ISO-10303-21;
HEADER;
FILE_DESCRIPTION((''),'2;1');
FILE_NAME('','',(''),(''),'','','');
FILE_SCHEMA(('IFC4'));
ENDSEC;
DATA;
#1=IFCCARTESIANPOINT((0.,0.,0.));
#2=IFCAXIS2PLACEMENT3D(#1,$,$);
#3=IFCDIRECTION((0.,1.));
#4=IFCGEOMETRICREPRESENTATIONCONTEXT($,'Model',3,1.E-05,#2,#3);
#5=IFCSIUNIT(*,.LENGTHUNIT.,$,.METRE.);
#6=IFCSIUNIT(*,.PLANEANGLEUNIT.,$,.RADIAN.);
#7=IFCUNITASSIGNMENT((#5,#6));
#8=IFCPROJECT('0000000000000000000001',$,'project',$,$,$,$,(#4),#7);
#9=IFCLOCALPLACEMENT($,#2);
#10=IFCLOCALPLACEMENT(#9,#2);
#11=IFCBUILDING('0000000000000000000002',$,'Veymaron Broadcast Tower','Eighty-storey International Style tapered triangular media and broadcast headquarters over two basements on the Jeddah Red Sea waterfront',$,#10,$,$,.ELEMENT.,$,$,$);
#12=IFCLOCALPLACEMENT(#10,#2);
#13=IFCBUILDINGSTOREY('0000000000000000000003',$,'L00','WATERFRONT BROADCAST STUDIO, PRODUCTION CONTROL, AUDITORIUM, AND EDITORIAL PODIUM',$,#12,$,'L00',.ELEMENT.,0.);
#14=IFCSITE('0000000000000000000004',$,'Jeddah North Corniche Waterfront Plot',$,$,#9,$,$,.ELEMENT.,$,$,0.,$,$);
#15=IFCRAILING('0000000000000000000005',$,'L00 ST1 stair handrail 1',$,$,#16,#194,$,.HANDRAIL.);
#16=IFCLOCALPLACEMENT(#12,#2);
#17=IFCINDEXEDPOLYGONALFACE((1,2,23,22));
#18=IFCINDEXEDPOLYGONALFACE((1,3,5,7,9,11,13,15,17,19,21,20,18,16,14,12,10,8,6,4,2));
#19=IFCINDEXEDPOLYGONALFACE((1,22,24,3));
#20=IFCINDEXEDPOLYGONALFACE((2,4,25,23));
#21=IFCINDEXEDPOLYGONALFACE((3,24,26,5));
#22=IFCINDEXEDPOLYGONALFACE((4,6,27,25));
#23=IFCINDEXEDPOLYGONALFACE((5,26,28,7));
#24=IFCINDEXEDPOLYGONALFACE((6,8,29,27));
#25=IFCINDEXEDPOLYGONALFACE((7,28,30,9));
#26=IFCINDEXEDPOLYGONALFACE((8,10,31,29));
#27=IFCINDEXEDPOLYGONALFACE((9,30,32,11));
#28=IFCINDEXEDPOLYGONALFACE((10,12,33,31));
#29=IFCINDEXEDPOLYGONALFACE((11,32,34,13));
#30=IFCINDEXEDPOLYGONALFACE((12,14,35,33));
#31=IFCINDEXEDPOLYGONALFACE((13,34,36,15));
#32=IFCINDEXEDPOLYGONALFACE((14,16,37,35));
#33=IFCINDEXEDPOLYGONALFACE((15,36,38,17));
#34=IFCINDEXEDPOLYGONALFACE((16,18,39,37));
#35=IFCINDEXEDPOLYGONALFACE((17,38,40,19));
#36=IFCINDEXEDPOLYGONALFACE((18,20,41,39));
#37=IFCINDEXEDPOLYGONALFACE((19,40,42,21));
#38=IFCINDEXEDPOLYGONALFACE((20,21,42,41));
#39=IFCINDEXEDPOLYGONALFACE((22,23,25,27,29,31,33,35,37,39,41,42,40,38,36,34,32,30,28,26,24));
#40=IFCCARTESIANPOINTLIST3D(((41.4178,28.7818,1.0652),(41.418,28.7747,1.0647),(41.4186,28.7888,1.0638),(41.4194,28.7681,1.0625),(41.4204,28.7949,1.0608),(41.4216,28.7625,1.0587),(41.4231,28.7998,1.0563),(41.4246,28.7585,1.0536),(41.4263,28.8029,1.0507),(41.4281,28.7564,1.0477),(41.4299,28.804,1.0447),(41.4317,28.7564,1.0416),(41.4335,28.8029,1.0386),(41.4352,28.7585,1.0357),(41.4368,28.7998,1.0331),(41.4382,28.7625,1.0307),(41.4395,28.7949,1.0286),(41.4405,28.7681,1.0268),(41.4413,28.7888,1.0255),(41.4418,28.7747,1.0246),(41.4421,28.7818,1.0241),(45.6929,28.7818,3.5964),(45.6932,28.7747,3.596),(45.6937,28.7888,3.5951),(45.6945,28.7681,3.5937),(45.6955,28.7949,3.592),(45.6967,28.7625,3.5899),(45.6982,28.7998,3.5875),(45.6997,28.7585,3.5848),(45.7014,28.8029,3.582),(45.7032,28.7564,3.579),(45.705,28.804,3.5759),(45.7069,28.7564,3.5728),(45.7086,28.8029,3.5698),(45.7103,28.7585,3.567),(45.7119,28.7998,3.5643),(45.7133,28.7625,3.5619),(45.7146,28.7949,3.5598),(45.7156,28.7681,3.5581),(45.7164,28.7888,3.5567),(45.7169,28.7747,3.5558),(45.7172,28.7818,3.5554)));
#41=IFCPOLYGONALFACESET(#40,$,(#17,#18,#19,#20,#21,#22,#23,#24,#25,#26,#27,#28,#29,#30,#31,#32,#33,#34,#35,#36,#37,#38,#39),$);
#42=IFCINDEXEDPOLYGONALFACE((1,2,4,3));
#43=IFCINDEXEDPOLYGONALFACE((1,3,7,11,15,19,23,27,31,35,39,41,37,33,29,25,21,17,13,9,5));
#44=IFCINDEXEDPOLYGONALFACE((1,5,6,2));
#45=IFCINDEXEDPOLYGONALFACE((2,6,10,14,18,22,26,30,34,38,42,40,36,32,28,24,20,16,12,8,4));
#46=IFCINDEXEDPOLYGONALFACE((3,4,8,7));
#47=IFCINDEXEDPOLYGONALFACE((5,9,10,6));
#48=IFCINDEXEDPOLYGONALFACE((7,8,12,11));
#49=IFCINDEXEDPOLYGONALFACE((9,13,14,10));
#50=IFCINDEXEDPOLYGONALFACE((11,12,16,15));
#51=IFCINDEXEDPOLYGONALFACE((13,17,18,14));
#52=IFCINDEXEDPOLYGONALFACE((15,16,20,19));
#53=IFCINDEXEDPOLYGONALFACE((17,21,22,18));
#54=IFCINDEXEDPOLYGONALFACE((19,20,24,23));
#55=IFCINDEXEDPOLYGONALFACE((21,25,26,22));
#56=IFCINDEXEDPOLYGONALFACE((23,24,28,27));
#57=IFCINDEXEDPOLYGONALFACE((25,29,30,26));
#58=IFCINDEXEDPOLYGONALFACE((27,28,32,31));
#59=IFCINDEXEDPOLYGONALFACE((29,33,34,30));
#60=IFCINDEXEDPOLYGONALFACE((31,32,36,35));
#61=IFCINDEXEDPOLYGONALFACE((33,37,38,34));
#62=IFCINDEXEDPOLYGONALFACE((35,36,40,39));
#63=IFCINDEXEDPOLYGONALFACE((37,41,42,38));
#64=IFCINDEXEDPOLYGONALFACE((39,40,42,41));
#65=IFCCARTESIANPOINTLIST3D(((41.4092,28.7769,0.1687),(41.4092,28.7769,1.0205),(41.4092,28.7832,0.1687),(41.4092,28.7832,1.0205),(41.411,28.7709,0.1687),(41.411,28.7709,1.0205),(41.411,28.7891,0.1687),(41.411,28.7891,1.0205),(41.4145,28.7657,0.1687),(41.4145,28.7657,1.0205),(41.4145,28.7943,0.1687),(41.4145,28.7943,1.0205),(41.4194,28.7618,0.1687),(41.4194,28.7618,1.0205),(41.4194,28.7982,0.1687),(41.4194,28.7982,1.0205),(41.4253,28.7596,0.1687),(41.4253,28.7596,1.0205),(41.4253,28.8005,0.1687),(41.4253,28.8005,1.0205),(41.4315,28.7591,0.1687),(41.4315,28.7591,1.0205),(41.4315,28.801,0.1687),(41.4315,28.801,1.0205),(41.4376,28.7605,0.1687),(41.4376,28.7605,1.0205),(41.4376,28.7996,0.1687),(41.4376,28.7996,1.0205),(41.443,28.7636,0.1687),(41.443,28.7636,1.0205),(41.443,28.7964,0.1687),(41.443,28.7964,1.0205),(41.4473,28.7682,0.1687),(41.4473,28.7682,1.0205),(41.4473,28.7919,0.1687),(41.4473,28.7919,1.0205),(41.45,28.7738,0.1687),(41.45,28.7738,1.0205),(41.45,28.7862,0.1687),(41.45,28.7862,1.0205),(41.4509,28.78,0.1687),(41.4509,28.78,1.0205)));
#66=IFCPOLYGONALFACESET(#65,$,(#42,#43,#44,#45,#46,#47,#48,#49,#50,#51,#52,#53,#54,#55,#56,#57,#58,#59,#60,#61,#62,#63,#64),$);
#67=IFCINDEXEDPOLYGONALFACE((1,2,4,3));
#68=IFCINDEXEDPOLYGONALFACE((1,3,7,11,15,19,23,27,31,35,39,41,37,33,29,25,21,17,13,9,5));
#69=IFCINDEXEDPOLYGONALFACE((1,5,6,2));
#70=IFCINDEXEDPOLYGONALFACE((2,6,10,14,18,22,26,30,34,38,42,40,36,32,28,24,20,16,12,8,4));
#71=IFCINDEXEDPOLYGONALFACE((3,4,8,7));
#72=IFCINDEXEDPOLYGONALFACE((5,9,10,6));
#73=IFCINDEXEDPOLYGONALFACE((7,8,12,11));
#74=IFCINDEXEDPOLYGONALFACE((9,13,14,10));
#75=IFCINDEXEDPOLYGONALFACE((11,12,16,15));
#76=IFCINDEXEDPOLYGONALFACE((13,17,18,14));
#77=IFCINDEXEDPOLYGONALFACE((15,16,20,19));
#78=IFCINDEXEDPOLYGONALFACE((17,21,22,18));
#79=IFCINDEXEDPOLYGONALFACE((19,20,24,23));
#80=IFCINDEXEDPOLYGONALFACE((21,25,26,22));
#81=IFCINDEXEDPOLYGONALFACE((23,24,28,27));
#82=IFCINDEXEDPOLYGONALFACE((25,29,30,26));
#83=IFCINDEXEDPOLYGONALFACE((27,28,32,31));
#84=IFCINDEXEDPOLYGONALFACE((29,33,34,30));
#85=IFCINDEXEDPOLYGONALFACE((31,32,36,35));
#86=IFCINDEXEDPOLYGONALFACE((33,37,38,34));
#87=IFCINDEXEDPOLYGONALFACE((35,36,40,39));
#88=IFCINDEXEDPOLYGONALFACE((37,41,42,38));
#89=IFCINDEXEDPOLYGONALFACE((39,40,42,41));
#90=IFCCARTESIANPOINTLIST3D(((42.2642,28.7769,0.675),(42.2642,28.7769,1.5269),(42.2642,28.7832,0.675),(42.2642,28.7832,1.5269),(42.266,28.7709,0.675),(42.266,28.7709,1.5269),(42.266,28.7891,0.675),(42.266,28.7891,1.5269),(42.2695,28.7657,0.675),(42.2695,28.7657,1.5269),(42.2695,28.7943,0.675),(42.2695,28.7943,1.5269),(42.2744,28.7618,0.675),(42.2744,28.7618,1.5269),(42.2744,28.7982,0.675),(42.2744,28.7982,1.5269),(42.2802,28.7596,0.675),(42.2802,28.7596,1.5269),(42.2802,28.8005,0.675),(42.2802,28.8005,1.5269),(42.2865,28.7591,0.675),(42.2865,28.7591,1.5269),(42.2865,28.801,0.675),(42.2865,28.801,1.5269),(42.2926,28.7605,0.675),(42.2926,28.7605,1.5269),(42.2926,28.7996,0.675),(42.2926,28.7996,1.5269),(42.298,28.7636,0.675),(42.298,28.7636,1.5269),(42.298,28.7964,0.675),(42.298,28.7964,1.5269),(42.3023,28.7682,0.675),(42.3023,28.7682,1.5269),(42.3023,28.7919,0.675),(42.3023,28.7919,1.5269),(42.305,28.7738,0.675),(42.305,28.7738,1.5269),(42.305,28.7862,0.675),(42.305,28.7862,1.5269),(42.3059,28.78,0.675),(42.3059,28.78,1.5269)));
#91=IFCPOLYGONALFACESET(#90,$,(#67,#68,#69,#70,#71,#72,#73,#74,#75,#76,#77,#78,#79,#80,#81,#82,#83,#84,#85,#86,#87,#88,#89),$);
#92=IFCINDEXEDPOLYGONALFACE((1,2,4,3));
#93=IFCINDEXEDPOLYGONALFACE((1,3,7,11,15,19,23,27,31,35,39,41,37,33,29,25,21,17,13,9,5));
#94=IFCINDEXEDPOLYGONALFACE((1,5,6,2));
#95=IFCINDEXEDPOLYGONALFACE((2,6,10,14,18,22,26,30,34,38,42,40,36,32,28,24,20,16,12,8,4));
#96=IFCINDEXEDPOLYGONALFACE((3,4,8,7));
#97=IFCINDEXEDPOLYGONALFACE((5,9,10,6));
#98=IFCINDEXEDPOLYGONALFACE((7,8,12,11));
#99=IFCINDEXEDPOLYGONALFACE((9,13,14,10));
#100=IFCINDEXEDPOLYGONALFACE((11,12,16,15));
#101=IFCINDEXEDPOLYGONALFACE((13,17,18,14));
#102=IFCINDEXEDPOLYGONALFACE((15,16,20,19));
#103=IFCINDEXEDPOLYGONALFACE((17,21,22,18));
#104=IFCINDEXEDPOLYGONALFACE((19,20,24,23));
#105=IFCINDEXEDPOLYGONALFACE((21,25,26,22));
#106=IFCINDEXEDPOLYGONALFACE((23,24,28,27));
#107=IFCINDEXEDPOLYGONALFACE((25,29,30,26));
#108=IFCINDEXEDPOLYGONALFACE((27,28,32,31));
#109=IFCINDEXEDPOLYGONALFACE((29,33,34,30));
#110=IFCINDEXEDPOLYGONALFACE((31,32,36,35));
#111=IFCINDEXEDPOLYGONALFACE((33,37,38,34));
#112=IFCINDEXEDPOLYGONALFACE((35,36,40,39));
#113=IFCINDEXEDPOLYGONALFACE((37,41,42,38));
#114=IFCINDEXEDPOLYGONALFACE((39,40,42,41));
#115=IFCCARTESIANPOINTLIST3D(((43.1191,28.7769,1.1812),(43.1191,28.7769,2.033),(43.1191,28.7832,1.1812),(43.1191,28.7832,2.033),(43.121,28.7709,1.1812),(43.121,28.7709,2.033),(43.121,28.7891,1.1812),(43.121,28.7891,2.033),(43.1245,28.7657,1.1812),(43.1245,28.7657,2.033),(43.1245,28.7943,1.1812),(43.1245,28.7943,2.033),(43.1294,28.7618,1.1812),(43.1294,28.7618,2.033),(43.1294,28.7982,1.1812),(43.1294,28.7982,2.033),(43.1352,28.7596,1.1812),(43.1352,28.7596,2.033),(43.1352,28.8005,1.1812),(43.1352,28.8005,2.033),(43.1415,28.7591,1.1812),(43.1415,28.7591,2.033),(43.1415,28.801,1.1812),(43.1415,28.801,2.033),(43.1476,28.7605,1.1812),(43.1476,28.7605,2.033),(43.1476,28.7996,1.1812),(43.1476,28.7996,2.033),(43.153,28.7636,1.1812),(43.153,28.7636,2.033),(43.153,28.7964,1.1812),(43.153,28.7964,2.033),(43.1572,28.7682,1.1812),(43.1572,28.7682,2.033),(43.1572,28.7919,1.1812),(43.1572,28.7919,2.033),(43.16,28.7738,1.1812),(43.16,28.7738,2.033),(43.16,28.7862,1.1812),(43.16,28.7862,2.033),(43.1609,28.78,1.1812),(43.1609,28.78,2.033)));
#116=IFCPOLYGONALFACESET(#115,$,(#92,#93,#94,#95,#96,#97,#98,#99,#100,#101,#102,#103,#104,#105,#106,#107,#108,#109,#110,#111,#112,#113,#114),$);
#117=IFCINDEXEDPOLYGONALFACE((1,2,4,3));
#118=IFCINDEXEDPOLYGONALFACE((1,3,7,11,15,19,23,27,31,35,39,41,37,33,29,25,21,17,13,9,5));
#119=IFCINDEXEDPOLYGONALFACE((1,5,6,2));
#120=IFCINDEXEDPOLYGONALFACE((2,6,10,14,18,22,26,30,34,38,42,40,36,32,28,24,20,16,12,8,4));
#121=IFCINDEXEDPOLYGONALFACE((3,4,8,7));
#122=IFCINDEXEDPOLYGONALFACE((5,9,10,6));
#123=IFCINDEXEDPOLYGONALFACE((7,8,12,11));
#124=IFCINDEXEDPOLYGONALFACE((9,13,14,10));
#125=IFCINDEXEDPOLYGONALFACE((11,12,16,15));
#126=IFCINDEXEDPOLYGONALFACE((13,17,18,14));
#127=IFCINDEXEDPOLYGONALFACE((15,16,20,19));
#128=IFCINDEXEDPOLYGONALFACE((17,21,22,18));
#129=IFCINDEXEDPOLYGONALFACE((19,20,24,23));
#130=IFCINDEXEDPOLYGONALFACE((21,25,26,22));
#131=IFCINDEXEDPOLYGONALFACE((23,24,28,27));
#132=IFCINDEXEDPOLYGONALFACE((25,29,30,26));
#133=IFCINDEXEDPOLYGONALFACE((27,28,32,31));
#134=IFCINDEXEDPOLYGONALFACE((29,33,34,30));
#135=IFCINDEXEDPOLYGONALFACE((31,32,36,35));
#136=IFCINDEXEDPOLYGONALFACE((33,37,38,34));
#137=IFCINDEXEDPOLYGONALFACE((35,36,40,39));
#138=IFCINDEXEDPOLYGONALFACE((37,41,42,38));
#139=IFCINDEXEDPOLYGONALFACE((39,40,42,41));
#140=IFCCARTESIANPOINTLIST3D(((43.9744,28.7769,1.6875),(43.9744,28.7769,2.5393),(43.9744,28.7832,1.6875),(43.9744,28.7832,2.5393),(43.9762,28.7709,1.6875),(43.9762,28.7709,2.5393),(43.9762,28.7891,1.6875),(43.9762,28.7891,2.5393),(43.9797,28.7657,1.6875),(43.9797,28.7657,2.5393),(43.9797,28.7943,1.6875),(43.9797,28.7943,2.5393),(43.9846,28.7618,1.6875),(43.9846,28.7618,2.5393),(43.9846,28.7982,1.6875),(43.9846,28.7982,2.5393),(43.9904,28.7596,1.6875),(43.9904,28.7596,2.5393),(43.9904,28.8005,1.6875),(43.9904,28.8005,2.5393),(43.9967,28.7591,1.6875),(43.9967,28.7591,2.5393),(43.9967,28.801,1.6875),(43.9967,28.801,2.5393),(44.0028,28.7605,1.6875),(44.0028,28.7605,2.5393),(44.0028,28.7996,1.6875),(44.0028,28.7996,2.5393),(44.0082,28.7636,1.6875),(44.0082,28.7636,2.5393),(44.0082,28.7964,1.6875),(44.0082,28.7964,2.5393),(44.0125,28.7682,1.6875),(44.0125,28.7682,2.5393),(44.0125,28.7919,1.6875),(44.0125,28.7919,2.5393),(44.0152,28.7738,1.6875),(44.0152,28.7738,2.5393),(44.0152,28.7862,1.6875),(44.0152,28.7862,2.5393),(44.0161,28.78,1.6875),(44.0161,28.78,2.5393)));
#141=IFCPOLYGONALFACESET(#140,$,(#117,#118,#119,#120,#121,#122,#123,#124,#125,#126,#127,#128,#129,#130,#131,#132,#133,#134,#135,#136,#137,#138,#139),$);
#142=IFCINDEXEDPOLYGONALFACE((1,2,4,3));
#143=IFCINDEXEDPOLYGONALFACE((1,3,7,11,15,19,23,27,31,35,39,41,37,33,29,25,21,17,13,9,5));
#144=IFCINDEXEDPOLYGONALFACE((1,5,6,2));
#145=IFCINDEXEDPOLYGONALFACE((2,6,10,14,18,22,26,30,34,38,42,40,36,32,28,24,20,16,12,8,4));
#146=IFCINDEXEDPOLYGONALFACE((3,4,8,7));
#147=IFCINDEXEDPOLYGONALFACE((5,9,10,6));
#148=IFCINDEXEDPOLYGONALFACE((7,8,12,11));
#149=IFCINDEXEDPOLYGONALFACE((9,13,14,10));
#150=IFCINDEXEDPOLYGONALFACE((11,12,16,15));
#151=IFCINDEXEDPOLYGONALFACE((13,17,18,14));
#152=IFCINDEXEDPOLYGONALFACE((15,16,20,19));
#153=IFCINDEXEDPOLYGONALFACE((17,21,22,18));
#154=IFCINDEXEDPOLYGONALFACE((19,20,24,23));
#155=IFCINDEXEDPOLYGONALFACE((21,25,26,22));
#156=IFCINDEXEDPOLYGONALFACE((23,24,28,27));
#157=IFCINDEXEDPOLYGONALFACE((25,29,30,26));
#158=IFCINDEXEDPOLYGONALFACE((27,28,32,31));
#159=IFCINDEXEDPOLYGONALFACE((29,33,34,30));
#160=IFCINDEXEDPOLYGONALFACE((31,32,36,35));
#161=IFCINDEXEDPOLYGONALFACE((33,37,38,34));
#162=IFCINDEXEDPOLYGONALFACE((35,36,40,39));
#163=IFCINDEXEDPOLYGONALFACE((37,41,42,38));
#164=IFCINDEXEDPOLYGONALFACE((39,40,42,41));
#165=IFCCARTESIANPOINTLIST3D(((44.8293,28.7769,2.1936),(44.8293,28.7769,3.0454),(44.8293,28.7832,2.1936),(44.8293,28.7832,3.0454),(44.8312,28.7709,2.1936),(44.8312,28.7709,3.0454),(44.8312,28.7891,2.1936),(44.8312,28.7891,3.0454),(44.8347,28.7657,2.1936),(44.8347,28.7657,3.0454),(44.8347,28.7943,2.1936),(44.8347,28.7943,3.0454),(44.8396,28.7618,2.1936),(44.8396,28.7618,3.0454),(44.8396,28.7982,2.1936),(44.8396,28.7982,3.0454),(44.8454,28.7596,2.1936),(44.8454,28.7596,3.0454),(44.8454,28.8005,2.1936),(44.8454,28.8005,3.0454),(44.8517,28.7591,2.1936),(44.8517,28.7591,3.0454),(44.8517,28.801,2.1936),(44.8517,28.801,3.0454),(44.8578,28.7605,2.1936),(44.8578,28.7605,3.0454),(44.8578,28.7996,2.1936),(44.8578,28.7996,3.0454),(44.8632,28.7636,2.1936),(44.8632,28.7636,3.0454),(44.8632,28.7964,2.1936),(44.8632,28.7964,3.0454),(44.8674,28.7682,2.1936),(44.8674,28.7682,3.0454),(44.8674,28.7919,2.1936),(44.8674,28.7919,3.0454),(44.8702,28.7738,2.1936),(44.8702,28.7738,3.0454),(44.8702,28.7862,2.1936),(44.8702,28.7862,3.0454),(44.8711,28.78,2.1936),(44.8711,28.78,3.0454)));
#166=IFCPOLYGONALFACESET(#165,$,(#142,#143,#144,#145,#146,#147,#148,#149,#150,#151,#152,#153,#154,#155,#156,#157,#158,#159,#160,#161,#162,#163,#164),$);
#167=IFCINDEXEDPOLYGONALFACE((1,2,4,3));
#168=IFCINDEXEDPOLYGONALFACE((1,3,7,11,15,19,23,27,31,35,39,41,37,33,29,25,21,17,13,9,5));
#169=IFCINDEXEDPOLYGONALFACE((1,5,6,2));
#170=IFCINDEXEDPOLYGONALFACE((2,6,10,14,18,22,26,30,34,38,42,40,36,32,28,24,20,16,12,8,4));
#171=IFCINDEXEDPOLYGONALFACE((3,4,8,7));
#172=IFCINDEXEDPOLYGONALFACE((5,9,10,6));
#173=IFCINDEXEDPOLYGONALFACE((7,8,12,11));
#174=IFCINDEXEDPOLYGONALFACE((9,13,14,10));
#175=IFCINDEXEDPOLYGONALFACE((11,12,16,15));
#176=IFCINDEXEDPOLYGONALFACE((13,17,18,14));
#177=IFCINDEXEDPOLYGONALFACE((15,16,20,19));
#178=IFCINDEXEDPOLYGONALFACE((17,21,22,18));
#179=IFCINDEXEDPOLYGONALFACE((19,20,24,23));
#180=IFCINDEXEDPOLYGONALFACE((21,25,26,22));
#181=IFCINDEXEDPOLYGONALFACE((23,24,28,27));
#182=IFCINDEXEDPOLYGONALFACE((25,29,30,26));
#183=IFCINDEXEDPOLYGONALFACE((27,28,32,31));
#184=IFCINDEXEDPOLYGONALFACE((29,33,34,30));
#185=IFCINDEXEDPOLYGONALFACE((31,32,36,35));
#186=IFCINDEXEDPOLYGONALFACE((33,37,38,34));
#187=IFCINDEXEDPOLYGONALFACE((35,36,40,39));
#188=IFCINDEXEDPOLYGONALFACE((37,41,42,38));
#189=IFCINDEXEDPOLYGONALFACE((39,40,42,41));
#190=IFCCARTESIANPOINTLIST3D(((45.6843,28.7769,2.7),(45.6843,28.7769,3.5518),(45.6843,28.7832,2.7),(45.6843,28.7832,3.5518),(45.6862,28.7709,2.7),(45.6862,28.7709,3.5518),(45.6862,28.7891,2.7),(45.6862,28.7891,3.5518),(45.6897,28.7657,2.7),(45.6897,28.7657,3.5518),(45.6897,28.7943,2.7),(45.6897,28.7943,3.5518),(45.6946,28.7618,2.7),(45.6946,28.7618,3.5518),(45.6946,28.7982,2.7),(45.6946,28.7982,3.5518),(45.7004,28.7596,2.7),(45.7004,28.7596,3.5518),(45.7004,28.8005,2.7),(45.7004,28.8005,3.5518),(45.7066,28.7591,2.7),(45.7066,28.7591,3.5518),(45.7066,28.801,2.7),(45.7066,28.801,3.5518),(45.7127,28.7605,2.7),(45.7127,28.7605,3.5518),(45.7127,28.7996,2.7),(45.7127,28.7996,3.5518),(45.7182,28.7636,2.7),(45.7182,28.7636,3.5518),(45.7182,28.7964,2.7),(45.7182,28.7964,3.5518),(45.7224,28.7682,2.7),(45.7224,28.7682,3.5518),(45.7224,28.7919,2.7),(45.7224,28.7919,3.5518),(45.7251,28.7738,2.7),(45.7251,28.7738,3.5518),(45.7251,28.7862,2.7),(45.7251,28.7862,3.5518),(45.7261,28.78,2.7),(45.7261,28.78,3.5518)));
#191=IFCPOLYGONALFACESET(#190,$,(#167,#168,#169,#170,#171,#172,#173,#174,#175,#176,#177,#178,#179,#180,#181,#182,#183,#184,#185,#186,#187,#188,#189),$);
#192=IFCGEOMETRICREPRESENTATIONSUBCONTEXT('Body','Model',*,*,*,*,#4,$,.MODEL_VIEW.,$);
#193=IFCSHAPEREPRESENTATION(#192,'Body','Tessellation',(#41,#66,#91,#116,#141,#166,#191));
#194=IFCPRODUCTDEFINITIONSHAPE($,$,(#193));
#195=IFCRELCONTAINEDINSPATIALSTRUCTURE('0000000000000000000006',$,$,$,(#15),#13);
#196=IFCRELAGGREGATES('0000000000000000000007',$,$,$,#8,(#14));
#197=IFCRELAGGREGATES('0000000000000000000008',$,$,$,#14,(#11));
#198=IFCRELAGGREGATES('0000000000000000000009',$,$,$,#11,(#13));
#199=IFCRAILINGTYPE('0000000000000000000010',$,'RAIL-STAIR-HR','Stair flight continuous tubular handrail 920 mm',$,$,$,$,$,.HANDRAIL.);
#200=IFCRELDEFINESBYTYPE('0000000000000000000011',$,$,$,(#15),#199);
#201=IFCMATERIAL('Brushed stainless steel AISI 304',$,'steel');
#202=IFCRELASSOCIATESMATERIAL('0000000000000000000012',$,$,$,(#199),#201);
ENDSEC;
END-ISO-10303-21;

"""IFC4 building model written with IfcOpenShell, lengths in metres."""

from ifc_helpers import new_model, si_unit, direction, frame, origin, origin_2d, place, context, subcontext, project, spatial, circle, extrude, material, type_object, element, save


model = new_model("IFC4")

# Units and contexts
model_context = context("Model", 3, precision=1e-05, world=origin(), true_north=direction((0.0, 1.0)))
body_context = subcontext(model_context, "Body", "Model", "MODEL_VIEW")
ifc_project = project(units=[si_unit("LENGTHUNIT", "METRE"), si_unit("PLANEANGLEUNIT", "RADIAN")], contexts=[model_context])

# Site, building, storey
site_placement = place(None, origin())
site = spatial("IfcSite", under=ifc_project, at=site_placement, Name="Jeddah North Corniche Waterfront Plot", CompositionType="ELEMENT", RefElevation=0.0)
building_placement = place(site_placement, origin())
building = spatial("IfcBuilding", under=site, at=building_placement, Name="Veymaron Broadcast Tower", Description="Eighty-storey International Style tapered triangular media and broadcast headquarters over two basements on the Jeddah Red Sea waterfront", CompositionType="ELEMENT")
storey_placement = place(building_placement, origin())
storey = spatial("IfcBuildingStorey", under=building, at=storey_placement, Name="L00", Description="WATERFRONT BROADCAST STUDIO, PRODUCTION CONTROL, AUDITORIUM, AND EDITORIAL PODIUM", LongName="L00", CompositionType="ELEMENT", Elevation=0.0)

# Railing
ifc_material_1 = material(Name="Brushed stainless steel AISI 304", Category="steel")
railing_type_1 = type_object("IfcRailingType", Name="RAIL-STAIR-HR", Description="Stair flight continuous tubular handrail 920 mm", PredefinedType="HANDRAIL", material=ifc_material_1)
railing_1_placement = place(storey_placement, frame((41.4299, 28.78, 0.1687)))
element("IfcRailing", 1, at=railing_1_placement, inside=storey, type_object=railing_type_1, Name="L00 ST1 stair handrail 1", PredefinedType="HANDRAIL", context=body_context, shape_type="SweptSolid", body=[
    extrude(circle(Radius=0.0239, at=origin_2d()), frame((0.0, 0.0, 0.876), z_axis=(0.860483, 0.0, 0.509479), x_axis=(0.0, 1.0, 0.0)), (0.0, 0.0, 1.0), 4.9683),
    extrude(circle(Radius=0.021, at=origin_2d()), origin(), (0.0, 0.0, 1.0), 0.8518),
    extrude(circle(Radius=0.021, at=origin_2d()), frame((0.855, 0.0, 0.5063)), (0.0, 0.0, 1.0), 0.8518),
    extrude(circle(Radius=0.021, at=origin_2d()), frame((1.71, 0.0, 1.0125)), (0.0, 0.0, 1.0), 0.8518),
    extrude(circle(Radius=0.021, at=origin_2d()), frame((2.5652, 0.0, 1.5188)), (0.0, 0.0, 1.0), 0.8518),
    extrude(circle(Radius=0.021, at=origin_2d()), frame((3.4202, 0.0, 2.0249)), (0.0, 0.0, 1.0), 0.8518),
    extrude(circle(Radius=0.021, at=origin_2d()), frame((4.2751, 0.0, 2.5312)), (0.0, 0.0, 1.0), 0.8518),
])

save(model, "model.ifc")
